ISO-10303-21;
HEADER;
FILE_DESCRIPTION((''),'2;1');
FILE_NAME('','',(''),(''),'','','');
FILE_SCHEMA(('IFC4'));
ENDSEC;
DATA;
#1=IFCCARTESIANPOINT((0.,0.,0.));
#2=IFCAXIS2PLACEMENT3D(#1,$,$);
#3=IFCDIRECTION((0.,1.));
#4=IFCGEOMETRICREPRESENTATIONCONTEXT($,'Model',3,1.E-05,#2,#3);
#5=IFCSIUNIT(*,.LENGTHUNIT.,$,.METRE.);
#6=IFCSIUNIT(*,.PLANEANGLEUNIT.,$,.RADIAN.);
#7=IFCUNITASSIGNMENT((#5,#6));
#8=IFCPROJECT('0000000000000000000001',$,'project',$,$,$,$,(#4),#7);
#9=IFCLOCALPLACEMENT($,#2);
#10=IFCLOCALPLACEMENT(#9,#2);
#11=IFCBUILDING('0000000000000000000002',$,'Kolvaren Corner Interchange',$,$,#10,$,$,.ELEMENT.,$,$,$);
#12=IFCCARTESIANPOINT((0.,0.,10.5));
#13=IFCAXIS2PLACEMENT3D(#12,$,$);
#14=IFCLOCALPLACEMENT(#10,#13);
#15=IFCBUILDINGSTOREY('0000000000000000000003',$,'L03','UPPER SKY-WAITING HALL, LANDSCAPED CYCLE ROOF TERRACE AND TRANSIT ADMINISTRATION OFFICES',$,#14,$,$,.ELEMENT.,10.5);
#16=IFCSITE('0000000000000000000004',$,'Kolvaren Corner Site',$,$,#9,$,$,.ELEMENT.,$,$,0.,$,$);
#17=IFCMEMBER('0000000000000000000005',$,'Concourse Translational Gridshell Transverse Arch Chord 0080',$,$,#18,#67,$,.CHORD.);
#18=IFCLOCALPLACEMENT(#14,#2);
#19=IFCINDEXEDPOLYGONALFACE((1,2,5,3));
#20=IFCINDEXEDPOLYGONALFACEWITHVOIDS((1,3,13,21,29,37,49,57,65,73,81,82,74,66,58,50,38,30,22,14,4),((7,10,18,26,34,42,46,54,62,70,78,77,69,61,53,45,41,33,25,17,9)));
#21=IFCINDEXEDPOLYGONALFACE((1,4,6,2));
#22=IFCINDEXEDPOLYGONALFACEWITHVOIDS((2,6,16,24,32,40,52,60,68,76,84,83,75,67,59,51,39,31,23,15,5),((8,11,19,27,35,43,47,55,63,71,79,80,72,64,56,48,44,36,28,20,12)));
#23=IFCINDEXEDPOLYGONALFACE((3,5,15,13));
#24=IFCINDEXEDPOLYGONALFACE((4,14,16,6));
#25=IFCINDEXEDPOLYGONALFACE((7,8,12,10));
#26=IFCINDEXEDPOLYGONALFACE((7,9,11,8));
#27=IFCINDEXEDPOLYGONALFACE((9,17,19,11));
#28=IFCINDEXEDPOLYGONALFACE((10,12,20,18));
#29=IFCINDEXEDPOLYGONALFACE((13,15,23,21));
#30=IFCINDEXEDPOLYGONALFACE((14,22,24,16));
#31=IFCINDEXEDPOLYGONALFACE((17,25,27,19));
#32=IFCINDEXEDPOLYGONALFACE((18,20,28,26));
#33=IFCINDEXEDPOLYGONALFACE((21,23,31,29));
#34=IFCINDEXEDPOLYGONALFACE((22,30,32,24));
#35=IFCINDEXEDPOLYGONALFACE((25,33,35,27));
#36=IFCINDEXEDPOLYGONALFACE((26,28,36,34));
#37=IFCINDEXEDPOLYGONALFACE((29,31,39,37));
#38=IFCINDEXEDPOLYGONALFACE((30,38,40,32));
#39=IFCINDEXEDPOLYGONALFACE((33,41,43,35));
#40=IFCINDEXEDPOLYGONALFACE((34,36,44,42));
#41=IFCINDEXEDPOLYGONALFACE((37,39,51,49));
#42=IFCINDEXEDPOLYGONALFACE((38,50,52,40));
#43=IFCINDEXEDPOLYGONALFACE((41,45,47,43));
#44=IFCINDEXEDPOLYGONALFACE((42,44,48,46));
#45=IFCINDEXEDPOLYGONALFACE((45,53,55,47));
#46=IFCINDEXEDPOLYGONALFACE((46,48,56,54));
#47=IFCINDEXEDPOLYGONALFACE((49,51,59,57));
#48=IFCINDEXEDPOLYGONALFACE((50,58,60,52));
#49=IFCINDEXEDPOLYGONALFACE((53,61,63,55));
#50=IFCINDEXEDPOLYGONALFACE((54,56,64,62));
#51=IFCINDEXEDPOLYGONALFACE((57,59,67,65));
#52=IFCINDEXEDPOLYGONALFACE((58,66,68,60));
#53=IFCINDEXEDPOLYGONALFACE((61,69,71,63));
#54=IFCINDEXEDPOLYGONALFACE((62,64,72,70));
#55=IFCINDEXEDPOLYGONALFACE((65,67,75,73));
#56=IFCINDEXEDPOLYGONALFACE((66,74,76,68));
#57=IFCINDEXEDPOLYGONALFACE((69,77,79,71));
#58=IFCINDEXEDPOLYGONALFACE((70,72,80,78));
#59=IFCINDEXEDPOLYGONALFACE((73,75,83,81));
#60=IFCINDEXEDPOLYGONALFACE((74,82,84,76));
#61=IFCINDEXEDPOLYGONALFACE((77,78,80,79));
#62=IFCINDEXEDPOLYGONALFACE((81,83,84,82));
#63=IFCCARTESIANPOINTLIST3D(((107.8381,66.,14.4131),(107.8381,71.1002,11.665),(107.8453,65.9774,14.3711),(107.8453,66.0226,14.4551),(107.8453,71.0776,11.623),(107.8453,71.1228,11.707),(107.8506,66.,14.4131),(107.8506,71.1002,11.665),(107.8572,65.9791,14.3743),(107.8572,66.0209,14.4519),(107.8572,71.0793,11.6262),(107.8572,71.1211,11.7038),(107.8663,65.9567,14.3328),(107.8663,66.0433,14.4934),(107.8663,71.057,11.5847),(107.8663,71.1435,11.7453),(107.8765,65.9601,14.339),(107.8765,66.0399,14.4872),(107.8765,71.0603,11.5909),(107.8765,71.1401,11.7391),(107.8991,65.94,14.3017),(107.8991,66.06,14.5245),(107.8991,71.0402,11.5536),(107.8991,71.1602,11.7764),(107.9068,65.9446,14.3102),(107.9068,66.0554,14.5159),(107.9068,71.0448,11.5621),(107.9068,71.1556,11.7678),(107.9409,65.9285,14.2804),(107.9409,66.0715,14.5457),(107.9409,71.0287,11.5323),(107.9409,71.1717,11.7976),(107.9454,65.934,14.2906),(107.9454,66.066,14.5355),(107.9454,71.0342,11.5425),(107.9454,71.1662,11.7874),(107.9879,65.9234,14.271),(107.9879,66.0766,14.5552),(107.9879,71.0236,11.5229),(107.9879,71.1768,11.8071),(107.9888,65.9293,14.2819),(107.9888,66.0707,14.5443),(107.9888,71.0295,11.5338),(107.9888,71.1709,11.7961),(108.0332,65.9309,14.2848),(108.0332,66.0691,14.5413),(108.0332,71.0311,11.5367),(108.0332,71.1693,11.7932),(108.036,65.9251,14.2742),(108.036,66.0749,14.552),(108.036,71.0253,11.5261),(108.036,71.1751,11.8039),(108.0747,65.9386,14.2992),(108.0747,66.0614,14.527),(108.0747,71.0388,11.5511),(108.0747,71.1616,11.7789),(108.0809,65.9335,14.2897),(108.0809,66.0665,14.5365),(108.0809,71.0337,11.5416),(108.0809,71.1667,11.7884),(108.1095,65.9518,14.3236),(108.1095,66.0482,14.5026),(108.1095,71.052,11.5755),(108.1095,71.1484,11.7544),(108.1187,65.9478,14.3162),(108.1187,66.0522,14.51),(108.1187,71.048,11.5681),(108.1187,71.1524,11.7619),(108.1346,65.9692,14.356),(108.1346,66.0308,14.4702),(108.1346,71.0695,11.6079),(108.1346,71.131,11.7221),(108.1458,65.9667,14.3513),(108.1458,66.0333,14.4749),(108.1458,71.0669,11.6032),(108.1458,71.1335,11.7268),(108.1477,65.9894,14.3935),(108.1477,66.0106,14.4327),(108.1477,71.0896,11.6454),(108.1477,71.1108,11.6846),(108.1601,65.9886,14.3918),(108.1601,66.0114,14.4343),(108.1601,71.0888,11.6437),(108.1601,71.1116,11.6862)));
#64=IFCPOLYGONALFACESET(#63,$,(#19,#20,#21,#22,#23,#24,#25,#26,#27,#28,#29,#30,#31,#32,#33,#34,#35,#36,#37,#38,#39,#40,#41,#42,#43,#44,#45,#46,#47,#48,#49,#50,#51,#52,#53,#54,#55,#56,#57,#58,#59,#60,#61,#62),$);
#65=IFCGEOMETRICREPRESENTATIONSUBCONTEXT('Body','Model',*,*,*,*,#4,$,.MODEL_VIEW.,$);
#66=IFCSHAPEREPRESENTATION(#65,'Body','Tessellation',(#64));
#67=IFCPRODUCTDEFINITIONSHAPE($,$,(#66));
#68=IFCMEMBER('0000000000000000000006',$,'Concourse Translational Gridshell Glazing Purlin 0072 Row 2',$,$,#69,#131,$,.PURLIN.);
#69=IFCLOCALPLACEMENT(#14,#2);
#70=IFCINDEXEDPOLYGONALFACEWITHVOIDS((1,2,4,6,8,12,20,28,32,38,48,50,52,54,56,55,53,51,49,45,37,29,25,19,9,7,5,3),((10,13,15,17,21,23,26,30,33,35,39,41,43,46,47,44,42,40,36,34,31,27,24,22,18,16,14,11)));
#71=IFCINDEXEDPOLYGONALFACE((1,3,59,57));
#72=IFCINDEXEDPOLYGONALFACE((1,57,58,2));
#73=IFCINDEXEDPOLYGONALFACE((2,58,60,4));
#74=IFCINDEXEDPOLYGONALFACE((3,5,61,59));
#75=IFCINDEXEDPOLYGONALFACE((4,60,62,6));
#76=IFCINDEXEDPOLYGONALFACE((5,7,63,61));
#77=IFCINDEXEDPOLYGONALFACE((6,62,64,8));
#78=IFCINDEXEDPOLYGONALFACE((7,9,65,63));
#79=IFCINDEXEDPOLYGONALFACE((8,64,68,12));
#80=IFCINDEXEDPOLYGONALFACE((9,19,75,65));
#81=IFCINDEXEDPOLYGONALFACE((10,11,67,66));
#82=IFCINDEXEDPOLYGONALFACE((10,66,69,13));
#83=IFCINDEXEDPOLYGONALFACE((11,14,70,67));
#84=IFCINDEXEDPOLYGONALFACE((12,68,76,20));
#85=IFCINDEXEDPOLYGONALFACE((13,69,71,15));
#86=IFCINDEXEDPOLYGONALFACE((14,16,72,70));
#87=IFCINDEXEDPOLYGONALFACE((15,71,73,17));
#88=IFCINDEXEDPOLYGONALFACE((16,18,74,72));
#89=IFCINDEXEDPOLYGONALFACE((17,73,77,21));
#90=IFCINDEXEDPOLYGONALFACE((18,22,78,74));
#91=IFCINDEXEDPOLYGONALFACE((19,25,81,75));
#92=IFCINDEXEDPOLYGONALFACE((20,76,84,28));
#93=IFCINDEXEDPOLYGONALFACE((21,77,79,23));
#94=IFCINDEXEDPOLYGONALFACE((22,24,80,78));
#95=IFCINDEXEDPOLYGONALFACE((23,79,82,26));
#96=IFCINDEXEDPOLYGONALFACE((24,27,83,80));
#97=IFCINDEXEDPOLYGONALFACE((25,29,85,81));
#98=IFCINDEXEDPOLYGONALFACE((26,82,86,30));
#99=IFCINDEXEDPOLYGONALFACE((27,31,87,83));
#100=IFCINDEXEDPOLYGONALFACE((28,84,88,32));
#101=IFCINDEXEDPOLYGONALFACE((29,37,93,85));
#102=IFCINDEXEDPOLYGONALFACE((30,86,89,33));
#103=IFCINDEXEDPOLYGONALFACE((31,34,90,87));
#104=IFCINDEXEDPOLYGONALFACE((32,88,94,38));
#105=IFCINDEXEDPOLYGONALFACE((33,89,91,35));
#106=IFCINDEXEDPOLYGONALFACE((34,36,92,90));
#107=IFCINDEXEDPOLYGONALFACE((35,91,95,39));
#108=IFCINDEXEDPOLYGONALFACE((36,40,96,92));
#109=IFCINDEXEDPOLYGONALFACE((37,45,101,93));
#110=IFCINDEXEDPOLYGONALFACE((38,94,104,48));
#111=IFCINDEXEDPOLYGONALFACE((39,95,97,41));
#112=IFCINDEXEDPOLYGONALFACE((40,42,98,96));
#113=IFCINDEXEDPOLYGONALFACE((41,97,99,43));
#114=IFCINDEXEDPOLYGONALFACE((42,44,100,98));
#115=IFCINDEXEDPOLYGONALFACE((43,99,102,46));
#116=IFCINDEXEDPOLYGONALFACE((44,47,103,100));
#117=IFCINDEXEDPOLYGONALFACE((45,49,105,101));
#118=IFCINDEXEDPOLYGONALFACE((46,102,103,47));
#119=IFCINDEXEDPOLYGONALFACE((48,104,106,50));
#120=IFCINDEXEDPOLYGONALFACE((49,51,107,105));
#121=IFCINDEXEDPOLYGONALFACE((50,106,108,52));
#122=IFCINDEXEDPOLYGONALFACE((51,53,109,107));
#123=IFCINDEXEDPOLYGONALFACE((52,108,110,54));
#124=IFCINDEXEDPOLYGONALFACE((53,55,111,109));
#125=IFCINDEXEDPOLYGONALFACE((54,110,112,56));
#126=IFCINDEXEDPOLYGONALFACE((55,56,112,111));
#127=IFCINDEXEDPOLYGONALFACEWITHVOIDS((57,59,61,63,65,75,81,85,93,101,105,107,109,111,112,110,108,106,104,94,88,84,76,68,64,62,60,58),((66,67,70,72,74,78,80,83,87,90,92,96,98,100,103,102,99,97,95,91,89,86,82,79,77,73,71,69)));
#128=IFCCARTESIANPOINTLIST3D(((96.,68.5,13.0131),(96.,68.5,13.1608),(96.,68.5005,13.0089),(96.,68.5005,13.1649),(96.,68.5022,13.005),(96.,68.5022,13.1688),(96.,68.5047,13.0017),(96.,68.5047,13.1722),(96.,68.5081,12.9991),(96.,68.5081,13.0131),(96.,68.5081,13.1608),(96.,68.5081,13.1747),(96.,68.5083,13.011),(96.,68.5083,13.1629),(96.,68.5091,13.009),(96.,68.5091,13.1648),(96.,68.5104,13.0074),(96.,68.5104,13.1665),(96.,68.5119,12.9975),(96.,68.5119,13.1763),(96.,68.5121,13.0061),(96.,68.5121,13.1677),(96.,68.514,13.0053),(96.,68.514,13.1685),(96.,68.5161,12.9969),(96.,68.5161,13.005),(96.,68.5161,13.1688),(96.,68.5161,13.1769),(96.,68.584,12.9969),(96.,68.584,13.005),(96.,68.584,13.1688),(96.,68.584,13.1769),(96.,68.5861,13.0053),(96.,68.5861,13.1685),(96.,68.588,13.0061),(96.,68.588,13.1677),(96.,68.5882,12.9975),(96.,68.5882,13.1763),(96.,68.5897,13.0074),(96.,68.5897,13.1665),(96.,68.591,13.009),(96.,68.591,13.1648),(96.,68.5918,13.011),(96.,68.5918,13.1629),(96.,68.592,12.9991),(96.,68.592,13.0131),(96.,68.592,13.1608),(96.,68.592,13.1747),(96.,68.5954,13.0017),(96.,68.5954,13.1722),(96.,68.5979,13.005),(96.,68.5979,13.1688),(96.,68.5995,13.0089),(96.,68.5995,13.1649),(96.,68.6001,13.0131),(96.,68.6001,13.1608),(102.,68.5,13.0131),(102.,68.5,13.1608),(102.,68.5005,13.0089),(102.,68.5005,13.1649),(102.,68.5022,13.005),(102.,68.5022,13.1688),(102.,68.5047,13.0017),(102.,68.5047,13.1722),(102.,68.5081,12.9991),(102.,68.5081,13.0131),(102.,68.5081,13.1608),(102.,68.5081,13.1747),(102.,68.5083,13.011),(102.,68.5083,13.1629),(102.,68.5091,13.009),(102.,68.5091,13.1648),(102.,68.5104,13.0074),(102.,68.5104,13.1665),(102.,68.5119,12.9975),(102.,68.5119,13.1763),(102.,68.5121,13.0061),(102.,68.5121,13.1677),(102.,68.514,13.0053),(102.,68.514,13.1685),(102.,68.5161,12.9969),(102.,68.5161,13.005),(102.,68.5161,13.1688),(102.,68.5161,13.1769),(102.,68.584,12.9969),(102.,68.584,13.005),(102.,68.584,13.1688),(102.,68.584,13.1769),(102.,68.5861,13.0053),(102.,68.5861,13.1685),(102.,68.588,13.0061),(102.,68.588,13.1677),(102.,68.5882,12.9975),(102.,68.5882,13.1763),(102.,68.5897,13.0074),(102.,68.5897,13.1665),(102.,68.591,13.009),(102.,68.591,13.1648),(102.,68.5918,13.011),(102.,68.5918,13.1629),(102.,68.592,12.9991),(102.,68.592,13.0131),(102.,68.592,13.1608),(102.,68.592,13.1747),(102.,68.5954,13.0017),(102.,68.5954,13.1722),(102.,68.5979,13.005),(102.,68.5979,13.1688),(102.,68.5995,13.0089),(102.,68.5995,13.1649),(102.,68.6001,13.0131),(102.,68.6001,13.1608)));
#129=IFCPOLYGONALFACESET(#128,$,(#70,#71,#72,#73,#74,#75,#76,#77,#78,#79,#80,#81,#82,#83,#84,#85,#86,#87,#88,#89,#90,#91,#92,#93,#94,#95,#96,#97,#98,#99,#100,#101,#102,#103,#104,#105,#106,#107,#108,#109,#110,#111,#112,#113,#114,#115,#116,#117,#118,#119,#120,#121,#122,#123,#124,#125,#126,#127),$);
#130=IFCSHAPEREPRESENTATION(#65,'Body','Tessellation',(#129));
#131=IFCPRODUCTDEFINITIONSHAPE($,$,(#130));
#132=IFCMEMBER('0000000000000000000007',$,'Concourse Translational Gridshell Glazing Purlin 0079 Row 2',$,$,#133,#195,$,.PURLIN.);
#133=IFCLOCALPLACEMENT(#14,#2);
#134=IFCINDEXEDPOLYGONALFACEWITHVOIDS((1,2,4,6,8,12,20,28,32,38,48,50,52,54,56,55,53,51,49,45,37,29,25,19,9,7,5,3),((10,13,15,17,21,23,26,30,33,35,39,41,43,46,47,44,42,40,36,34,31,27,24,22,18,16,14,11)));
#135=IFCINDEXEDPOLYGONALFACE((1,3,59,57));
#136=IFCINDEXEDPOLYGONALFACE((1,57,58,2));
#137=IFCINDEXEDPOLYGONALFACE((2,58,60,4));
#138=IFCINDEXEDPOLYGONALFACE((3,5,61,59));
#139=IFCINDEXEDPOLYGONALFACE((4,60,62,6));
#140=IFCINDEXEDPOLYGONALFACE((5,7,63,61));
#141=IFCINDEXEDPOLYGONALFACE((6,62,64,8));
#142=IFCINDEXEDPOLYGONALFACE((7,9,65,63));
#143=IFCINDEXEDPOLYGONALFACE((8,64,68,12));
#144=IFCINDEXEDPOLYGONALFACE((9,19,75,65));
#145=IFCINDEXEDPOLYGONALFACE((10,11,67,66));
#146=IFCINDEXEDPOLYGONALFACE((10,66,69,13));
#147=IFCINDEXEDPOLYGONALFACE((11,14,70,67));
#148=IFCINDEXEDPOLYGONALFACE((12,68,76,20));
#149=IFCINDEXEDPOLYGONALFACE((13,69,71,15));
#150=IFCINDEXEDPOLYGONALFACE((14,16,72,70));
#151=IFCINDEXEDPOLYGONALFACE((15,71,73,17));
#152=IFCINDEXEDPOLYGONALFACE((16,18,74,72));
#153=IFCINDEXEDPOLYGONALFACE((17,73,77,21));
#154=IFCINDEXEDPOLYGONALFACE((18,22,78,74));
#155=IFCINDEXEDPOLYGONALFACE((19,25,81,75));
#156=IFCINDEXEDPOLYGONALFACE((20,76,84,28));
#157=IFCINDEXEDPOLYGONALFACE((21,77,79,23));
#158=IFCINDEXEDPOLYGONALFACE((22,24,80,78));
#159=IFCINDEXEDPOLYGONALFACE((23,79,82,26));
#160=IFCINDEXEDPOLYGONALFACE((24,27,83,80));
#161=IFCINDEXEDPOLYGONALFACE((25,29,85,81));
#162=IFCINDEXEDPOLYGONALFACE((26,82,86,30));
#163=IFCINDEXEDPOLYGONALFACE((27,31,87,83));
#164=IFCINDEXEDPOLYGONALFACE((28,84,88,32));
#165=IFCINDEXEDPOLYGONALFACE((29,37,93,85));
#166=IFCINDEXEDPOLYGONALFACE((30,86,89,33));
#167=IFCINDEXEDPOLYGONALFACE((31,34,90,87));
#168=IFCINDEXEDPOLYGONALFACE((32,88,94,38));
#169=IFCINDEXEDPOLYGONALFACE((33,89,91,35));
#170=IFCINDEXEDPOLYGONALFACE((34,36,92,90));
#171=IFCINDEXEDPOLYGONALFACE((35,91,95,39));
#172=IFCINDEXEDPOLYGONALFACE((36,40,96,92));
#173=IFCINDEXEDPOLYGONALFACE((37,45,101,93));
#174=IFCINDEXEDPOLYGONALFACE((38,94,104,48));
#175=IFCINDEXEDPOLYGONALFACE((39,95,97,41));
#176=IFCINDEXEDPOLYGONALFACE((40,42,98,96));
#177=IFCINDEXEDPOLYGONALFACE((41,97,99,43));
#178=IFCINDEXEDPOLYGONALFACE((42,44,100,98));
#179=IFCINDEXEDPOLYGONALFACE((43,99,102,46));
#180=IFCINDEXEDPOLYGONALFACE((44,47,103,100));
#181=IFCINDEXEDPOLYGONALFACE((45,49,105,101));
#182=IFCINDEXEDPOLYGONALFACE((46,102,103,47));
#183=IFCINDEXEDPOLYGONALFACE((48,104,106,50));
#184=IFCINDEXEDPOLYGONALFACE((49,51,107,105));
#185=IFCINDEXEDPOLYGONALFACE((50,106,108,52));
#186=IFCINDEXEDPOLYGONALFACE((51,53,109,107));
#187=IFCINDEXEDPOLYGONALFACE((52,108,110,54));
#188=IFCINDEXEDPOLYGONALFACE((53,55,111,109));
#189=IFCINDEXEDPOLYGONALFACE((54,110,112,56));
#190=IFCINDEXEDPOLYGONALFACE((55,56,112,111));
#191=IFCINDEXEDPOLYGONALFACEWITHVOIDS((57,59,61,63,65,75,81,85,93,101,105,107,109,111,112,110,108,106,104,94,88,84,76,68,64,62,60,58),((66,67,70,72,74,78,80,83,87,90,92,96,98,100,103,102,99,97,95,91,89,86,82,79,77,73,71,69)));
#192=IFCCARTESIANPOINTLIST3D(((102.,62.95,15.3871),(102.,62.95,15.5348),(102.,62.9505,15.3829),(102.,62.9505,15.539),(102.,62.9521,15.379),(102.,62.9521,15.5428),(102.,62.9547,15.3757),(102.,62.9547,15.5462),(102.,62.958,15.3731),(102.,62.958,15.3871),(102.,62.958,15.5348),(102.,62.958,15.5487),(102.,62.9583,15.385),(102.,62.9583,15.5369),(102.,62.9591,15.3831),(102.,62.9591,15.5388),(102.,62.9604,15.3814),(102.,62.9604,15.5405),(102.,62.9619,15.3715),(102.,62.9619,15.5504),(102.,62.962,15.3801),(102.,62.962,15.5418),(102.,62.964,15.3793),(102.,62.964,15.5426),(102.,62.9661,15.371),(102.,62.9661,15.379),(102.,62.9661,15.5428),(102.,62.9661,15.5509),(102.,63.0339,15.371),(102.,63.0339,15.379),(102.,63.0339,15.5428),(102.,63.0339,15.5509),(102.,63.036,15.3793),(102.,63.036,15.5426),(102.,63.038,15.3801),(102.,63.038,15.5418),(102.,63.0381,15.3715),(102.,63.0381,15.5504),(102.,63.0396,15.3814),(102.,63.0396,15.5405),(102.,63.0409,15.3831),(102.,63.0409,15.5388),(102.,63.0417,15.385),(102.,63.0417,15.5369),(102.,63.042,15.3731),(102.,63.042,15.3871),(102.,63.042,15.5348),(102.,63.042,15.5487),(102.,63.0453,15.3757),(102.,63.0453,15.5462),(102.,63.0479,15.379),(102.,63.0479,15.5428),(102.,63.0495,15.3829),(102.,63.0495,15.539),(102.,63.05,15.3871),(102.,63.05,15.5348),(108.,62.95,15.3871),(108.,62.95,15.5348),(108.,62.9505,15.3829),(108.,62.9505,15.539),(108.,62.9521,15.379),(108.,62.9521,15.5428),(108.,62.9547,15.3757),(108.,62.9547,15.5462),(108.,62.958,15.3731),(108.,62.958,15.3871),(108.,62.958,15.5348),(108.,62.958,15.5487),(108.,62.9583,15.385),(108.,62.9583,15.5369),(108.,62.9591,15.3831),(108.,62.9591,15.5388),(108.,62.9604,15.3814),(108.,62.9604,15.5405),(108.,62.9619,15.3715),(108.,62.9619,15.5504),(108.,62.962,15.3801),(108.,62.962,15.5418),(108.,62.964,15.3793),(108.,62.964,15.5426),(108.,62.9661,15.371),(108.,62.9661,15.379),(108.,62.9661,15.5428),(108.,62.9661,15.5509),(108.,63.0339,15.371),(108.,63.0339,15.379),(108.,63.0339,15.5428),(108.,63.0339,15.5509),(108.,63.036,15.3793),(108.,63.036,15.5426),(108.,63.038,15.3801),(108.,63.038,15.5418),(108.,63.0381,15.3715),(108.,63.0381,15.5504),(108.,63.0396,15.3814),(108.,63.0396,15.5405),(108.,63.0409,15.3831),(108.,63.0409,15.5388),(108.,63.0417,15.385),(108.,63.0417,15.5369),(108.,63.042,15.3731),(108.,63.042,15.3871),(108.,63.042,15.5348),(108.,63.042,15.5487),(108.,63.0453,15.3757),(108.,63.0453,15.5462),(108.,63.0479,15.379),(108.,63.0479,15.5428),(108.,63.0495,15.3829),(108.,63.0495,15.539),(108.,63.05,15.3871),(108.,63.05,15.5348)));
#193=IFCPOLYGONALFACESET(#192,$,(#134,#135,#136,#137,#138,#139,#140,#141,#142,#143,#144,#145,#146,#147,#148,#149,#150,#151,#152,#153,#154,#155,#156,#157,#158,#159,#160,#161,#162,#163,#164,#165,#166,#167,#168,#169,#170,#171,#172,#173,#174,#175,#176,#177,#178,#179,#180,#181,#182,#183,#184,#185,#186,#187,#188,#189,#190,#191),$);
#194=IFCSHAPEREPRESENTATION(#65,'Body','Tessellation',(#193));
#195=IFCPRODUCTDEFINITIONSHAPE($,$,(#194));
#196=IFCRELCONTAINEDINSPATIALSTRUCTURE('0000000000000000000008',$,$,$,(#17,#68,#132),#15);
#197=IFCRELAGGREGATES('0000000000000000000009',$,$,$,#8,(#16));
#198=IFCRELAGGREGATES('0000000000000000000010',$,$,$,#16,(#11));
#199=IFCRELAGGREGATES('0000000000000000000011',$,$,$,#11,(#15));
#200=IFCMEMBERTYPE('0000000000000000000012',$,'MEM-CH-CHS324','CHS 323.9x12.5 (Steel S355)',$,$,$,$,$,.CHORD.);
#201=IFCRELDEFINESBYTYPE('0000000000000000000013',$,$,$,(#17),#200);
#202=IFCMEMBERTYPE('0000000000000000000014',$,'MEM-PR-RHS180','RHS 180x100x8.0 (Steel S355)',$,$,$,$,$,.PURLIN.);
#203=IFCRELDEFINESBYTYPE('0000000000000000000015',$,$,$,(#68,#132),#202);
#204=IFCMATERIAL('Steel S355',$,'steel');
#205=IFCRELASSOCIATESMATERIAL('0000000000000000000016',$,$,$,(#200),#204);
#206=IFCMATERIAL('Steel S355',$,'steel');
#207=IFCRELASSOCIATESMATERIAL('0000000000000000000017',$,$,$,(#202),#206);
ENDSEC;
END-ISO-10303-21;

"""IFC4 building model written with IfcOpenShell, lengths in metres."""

from ifc_helpers import new_model, si_unit, direction, frame, origin, origin_2d, place, context, subcontext, project, spatial, hollow_rectangle, hollow_circle, extrude, material, material_profile, profile_set, type_object, element, save


model = new_model("IFC4")

# Units and contexts
model_context = context("Model", 3, precision=1e-05, world=origin(), true_north=direction((0.0, 1.0)))
body_context = subcontext(model_context, "Body", "Model", "MODEL_VIEW")
ifc_project = project(units=[si_unit("LENGTHUNIT", "METRE"), si_unit("PLANEANGLEUNIT", "RADIAN")], contexts=[model_context])

# Site, building, storey
site_placement = place(None, origin())
site = spatial("IfcSite", under=ifc_project, at=site_placement, Name="Kolvaren Corner Site", CompositionType="ELEMENT", RefElevation=0.0)
building_placement = place(site_placement, origin())
building = spatial("IfcBuilding", under=site, at=building_placement, Name="Kolvaren Corner Interchange", CompositionType="ELEMENT")
storey_placement = place(building_placement, frame((0.0, 0.0, 10.5)))
storey = spatial("IfcBuildingStorey", under=building, at=storey_placement, Name="L03", Description="UPPER SKY-WAITING HALL, LANDSCAPED CYCLE ROOF TERRACE AND TRANSIT ADMINISTRATION OFFICES", CompositionType="ELEMENT", Elevation=10.5)

# Members
ifc_material_1 = material(Name="Steel S355", Category="steel")
ifc_material_profile_1 = material_profile(ifc_material_1, hollow_circle(Radius=0.1619, WallThickness=0.0125, at=origin_2d()), Name="CHS 323.9x12.5")
ifc_profile_set_1 = profile_set([ifc_material_profile_1], Name="Steel S355")
member_type_1 = type_object("IfcMemberType", Name="MEM-CH-CHS324", Description="CHS 323.9x12.5 (Steel S355)", PredefinedType="CHORD", material=ifc_profile_set_1)
member_1_placement = place(storey_placement, frame((108.0, 66.0, 14.4131), z_axis=(0.0, 0.880338, -0.474346), x_axis=(-1.0, 0.0, 0.0)))
element("IfcMember", 1, at=member_1_placement, inside=storey, type_object=member_type_1, Name="Concourse Translational Gridshell Transverse Arch Chord 0080", PredefinedType="CHORD", context=body_context, shape_type="SweptSolid", body=[
    extrude(hollow_circle(Radius=0.1619, WallThickness=0.0125, at=origin_2d()), origin(), (0.0, 0.0, 1.0), 5.7935),
])
ifc_material_2 = material(Name="Steel S355", Category="steel")
ifc_material_profile_2 = material_profile(ifc_material_2, hollow_rectangle(XDim=0.1001, YDim=0.1799, WallThickness=0.0081, InnerFilletRadius=0.0081, OuterFilletRadius=0.0161, at=origin_2d()), Name="RHS 180x100x8.0")
ifc_profile_set_2 = profile_set([ifc_material_profile_2], Name="Steel S355")
member_type_2 = type_object("IfcMemberType", Name="MEM-PR-RHS180", Description="RHS 180x100x8.0 (Steel S355)", PredefinedType="PURLIN", material=ifc_profile_set_2)
for number, where, z_axis, x_axis, name in (
    (2, (96.0, 68.55, 13.0869), (1.0, 0.0, 0.0), (0.0, 1.0, 0.0), "Concourse Translational Gridshell Glazing Purlin 0072 Row 2"),
    (3, (102.0, 63.0, 15.4609), (1.0, 0.0, 0.0), (0.0, 1.0, 0.0), "Concourse Translational Gridshell Glazing Purlin 0079 Row 2"),
):
    element("IfcMember", number, at=place(storey_placement, frame(where, z_axis=z_axis, x_axis=x_axis)), inside=storey, type_object=member_type_2, Name=name, PredefinedType="PURLIN", context=body_context, shape_type="SweptSolid", body=[
        extrude(hollow_rectangle(XDim=0.1001, YDim=0.1799, WallThickness=0.0081, InnerFilletRadius=0.0081, OuterFilletRadius=0.0161, at=origin_2d()), origin(), (0.0, 0.0, 1.0), 6.0),
    ])

save(model, "model.ifc")
